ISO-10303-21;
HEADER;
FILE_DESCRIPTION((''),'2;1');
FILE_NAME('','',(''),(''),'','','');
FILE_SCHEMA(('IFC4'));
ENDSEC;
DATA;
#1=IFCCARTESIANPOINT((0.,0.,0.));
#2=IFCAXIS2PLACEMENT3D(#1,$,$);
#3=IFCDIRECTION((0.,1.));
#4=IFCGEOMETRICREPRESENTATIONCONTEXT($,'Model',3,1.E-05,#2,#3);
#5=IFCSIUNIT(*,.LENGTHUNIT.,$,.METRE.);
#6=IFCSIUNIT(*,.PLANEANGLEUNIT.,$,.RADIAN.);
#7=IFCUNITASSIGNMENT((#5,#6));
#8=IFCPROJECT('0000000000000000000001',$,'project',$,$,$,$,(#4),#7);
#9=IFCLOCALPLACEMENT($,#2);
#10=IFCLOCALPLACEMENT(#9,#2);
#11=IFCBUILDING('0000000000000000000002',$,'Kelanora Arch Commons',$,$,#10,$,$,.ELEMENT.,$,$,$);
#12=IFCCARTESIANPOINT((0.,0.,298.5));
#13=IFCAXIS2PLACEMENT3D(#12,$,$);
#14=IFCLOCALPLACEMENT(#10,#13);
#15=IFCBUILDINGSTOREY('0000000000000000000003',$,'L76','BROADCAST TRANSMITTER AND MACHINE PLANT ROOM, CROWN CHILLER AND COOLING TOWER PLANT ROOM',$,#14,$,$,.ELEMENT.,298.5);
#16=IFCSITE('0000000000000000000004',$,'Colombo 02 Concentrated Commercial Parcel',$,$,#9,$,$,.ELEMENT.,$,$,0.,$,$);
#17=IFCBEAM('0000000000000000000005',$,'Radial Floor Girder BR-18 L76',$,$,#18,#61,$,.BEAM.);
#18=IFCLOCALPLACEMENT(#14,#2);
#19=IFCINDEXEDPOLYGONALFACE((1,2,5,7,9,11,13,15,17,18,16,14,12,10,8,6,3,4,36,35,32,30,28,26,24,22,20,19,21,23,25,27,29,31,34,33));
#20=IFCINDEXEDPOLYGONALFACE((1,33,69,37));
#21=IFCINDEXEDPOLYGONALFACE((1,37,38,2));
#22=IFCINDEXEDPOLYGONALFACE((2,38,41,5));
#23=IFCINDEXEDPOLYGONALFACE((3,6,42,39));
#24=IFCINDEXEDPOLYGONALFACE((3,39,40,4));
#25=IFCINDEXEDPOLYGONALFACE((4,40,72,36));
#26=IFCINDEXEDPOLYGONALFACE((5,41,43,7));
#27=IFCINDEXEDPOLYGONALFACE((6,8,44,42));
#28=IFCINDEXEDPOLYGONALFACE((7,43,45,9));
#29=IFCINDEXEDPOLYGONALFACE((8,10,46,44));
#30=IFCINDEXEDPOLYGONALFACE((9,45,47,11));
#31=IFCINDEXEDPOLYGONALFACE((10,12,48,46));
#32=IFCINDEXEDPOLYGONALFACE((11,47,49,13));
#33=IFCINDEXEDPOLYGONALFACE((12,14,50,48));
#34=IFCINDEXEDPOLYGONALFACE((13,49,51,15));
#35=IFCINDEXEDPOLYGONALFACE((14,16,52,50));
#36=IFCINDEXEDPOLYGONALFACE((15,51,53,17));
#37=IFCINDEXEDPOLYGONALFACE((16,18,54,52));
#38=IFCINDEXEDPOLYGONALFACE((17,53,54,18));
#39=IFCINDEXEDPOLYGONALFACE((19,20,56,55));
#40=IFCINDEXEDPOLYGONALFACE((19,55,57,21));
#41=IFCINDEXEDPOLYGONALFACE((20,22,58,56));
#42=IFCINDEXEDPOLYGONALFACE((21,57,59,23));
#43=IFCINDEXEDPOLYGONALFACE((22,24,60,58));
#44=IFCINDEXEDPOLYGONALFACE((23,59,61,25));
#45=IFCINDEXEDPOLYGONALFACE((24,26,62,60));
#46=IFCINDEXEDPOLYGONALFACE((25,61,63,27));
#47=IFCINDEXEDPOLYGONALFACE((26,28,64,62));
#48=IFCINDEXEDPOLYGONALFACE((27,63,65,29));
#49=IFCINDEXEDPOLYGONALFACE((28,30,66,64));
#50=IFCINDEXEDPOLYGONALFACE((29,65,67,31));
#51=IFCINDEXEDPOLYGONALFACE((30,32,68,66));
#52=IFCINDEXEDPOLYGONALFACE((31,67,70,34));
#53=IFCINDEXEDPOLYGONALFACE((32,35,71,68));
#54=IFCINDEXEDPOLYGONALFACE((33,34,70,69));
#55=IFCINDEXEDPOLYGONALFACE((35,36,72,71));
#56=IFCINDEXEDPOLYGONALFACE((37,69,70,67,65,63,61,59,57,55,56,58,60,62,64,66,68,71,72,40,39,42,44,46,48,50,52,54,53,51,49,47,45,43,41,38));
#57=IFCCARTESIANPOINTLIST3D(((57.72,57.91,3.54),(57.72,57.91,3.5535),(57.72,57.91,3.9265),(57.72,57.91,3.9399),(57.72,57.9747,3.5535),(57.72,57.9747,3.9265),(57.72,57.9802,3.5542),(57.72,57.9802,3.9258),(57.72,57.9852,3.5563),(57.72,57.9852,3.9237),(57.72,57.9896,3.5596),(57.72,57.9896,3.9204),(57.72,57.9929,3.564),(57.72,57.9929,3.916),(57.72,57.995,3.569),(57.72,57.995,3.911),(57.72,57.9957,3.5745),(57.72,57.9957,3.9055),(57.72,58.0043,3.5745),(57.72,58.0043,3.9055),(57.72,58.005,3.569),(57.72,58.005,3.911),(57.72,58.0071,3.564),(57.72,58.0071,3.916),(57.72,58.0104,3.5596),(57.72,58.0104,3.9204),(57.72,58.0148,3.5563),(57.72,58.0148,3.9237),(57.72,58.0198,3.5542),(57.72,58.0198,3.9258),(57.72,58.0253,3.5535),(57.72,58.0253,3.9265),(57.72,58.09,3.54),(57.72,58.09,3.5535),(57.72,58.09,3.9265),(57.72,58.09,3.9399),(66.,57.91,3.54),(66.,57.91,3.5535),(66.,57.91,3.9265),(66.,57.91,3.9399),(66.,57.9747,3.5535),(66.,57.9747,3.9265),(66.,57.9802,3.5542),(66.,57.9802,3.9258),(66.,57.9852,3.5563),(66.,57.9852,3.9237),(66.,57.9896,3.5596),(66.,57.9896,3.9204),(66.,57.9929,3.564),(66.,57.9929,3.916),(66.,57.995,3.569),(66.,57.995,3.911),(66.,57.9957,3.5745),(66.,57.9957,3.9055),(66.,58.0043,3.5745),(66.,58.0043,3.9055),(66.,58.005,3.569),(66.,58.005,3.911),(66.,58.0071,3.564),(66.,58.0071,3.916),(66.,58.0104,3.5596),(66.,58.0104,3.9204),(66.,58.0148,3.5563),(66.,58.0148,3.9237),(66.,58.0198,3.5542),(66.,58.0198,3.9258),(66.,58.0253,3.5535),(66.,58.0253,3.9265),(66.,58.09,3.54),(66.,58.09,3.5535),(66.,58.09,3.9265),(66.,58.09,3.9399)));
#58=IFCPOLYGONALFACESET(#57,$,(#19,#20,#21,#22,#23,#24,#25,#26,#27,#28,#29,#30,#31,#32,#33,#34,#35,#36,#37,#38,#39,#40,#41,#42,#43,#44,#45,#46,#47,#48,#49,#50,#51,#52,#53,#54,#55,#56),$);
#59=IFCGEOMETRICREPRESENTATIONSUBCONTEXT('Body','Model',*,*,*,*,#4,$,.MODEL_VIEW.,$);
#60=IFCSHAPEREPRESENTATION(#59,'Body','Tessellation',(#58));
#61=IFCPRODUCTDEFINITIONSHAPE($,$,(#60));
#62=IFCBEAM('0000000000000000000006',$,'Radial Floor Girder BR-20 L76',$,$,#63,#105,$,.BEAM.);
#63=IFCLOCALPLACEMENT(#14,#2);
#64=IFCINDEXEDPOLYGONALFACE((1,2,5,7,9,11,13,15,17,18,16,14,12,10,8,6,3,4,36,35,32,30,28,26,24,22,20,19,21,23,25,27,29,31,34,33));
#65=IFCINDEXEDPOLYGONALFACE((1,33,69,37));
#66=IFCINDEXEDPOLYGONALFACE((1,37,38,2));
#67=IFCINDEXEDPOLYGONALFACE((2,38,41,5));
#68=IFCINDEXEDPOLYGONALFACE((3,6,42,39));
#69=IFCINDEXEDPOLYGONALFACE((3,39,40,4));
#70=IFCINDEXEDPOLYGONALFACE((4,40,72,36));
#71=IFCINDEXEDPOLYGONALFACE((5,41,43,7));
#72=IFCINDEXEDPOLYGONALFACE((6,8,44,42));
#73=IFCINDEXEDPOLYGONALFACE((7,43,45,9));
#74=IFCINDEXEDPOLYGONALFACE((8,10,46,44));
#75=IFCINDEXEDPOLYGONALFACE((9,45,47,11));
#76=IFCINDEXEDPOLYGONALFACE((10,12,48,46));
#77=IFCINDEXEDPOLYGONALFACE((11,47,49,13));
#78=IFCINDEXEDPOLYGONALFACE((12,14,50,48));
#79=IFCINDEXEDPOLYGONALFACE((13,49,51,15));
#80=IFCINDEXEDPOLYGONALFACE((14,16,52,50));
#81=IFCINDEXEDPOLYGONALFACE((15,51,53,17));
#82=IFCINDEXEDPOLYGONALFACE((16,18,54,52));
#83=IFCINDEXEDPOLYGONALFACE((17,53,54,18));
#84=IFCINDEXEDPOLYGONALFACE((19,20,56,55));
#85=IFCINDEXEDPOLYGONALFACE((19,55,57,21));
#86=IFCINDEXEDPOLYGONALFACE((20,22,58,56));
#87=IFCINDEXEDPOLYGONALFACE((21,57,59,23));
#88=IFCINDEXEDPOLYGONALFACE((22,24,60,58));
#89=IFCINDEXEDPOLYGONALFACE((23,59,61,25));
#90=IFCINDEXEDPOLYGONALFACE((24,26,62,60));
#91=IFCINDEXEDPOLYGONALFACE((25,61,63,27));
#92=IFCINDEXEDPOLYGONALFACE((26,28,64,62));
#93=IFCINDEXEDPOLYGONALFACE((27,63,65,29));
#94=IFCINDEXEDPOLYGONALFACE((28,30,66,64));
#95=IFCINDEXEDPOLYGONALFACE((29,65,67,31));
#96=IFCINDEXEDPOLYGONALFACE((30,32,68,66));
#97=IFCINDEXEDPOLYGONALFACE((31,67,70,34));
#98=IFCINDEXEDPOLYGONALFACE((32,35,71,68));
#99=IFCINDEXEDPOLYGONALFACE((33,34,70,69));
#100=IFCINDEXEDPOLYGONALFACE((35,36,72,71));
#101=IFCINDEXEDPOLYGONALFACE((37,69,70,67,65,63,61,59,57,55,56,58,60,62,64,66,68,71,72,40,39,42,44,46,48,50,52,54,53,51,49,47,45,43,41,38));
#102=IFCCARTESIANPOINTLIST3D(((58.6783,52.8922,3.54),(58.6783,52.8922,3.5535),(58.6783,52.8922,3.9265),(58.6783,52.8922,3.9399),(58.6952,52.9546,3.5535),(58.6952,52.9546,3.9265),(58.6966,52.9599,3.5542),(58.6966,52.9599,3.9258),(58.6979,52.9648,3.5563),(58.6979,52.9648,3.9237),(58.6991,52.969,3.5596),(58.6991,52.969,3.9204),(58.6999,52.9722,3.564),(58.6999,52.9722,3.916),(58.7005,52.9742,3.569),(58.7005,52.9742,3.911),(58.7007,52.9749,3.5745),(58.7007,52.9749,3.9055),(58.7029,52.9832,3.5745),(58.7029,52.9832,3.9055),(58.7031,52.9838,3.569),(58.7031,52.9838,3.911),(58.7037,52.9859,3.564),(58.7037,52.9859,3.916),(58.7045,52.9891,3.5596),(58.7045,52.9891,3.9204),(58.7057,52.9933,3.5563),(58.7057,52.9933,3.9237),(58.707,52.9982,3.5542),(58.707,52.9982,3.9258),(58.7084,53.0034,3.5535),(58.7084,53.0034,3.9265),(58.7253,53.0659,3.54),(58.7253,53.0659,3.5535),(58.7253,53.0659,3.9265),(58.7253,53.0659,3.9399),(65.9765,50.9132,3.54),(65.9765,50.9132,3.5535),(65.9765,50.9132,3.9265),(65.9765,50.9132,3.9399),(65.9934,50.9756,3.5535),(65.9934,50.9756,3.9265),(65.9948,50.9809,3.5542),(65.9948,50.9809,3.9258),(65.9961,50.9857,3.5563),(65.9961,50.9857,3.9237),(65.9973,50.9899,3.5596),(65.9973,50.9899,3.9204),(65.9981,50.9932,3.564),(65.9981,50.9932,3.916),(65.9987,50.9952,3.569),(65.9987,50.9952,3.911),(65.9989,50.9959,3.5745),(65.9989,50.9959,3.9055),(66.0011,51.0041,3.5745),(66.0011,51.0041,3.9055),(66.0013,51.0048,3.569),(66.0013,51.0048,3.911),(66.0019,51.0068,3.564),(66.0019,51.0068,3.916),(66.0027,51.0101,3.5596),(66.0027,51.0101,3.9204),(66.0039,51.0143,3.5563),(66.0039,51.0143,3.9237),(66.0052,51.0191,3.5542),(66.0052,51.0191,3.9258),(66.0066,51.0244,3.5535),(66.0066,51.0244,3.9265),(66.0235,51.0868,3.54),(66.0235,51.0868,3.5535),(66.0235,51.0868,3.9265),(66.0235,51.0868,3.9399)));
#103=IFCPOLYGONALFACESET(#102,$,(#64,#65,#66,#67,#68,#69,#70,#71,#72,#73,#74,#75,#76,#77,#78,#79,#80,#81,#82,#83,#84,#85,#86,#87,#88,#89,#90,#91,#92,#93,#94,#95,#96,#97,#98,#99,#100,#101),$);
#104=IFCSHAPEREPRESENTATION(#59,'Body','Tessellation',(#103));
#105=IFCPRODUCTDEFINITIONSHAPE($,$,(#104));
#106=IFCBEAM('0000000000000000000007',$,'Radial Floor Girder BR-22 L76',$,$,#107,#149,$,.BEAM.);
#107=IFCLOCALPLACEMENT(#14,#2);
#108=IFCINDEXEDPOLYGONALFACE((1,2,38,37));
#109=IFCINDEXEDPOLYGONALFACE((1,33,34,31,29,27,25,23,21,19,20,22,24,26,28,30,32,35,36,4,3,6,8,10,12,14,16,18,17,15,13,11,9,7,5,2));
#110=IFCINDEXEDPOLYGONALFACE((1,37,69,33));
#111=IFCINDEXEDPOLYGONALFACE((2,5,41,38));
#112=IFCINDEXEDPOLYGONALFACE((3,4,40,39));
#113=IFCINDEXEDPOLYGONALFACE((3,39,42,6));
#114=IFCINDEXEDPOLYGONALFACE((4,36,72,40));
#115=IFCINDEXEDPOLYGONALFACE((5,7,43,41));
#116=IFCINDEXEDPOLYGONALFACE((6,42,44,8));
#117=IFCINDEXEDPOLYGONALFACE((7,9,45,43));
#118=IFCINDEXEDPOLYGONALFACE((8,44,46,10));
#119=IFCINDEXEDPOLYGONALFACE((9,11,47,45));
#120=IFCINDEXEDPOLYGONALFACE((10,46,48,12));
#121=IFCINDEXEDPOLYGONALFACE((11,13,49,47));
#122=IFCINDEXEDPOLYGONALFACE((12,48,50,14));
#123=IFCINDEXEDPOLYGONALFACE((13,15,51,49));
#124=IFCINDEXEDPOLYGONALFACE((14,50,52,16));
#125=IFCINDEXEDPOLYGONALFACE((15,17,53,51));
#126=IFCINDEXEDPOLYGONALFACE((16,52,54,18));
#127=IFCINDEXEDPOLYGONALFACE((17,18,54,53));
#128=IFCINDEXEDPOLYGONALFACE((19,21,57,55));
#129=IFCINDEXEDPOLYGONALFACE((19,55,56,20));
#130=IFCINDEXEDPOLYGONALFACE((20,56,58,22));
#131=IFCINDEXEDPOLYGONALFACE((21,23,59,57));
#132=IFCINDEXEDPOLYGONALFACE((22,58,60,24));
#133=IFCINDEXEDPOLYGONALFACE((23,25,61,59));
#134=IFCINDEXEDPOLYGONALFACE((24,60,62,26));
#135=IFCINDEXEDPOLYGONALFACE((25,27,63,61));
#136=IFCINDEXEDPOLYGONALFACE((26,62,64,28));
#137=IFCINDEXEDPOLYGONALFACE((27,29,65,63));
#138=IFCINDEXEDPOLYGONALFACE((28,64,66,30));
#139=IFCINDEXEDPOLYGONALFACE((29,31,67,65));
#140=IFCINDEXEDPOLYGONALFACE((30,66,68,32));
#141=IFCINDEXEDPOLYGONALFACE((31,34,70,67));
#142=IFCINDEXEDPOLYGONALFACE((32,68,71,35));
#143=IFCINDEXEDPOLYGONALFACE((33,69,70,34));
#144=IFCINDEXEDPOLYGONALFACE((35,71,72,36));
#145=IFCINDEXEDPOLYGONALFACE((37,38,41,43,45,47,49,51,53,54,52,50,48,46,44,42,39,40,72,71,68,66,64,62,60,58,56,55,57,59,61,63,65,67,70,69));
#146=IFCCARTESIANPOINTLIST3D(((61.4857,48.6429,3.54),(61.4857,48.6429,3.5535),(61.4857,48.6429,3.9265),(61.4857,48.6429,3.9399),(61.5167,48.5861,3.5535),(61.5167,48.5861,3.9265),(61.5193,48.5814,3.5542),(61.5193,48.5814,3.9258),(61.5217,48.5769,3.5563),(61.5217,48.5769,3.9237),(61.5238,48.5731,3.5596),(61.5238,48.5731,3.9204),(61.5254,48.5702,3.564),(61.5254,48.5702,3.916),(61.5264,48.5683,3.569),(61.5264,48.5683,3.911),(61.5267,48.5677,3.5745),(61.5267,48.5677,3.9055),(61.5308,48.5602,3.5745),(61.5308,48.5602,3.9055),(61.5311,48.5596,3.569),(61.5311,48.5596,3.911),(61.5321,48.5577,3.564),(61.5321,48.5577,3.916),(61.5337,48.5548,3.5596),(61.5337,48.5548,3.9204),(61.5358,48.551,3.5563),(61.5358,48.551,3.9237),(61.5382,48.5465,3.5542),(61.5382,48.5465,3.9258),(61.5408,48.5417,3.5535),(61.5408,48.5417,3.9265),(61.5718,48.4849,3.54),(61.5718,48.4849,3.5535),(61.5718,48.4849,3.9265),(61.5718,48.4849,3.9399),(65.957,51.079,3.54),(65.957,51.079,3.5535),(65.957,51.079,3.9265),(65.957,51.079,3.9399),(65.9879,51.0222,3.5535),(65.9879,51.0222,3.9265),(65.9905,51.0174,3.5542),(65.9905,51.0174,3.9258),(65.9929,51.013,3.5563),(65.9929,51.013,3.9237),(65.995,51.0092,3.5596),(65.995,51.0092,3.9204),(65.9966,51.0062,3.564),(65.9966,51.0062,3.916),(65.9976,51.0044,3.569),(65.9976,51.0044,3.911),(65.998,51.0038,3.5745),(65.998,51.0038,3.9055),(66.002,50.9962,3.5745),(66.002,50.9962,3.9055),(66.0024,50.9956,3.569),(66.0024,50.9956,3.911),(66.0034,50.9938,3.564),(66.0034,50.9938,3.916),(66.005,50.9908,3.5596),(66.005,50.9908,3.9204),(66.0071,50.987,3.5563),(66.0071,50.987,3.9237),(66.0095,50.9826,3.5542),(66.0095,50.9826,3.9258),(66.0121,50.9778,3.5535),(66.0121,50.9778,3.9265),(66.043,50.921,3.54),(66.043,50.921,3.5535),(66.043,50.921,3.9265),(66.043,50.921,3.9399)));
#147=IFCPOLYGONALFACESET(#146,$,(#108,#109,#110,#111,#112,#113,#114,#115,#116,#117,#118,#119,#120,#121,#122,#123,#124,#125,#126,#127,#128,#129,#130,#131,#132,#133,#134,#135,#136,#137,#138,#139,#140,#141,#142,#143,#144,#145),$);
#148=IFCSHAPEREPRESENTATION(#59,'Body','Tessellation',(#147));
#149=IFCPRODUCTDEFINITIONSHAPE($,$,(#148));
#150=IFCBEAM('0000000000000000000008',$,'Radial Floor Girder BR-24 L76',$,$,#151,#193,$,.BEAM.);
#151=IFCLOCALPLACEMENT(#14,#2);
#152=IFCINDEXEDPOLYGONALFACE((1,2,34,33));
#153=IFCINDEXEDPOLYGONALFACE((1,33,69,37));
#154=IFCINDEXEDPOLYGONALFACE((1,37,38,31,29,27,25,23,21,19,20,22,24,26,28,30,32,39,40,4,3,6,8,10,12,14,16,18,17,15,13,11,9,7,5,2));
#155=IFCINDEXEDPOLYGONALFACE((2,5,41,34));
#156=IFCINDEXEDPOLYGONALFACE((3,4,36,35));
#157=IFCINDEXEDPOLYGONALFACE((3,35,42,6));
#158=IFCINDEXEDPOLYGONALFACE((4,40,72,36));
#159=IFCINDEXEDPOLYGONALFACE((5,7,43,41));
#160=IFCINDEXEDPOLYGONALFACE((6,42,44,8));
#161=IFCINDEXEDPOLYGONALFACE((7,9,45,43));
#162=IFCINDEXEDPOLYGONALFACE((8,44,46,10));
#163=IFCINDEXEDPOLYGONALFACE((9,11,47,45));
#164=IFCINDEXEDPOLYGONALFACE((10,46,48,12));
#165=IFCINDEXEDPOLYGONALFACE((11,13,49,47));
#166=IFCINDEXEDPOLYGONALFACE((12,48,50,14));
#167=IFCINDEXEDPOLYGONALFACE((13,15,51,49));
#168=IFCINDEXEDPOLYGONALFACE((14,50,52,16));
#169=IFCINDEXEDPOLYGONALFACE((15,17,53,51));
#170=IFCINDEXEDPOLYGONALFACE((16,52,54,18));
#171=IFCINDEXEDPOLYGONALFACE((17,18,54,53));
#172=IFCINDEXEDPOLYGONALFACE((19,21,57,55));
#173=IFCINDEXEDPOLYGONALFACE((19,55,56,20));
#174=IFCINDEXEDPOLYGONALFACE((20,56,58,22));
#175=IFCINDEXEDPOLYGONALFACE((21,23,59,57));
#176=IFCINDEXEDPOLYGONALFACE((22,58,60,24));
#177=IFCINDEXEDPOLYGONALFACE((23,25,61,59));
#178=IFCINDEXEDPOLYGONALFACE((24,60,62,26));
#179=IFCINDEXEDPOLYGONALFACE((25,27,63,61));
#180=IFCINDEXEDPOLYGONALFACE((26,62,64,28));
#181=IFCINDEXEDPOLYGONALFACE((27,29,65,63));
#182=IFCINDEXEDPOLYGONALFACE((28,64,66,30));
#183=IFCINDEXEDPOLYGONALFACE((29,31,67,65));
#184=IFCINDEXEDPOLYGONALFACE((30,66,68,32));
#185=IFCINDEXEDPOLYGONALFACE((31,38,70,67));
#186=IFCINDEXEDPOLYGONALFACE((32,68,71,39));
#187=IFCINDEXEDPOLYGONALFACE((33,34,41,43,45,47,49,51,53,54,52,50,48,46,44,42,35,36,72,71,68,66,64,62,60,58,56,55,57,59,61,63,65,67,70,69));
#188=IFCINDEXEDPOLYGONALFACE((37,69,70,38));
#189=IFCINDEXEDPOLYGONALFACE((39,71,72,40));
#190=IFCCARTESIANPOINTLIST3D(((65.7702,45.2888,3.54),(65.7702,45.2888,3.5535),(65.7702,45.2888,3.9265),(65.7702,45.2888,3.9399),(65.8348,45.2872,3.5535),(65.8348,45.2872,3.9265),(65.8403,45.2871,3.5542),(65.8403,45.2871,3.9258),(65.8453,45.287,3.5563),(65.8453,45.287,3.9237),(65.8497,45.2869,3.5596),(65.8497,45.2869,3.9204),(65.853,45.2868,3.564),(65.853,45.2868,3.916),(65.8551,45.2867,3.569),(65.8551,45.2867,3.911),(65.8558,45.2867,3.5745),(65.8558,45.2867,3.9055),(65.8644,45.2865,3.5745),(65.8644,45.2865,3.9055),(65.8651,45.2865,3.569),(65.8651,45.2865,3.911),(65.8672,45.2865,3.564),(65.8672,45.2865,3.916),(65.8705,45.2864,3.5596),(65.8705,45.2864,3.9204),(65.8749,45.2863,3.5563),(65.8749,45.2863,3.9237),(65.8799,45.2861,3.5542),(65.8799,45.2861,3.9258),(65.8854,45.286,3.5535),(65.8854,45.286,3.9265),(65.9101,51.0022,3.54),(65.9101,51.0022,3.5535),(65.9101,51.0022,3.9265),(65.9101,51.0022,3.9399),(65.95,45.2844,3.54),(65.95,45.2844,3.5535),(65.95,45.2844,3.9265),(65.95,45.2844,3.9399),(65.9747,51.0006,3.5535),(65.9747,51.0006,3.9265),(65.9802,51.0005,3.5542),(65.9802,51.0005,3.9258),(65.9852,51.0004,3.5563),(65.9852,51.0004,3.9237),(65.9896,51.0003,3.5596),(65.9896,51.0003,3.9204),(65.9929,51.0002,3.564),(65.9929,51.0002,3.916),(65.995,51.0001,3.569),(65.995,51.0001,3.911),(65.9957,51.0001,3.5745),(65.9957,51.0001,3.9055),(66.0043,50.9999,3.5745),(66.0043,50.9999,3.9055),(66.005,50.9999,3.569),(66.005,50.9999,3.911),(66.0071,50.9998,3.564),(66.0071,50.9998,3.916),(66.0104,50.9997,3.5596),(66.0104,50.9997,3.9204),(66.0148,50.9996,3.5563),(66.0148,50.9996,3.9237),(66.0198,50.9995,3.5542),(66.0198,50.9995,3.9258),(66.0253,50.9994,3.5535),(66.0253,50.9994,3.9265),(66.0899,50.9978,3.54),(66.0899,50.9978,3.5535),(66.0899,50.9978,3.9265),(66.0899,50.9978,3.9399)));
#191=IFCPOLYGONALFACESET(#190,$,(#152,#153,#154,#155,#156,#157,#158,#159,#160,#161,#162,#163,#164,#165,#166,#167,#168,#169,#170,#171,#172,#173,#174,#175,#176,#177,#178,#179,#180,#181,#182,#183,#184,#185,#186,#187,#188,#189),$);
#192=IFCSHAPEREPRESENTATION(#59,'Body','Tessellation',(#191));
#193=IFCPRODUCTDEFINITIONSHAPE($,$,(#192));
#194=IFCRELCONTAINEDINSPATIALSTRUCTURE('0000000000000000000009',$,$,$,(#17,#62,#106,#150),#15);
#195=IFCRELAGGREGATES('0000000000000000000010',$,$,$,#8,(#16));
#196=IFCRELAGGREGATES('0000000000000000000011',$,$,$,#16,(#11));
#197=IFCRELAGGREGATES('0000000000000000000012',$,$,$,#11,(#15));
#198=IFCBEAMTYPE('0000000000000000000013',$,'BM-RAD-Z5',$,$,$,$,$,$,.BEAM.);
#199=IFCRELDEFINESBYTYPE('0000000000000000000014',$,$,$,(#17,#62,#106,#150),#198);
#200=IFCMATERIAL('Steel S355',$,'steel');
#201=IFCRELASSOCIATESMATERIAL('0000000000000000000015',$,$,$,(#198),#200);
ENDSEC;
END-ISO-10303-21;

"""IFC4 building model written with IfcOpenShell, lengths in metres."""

from ifc_helpers import new_model, si_unit, direction, frame, origin, origin_2d, place, context, subcontext, project, spatial, i_section, extrude, material, material_profile, profile_set, type_object, element, save


model = new_model("IFC4")

# Units and contexts
model_context = context("Model", 3, precision=1e-05, world=origin(), true_north=direction((0.0, 1.0)))
body_context = subcontext(model_context, "Body", "Model", "MODEL_VIEW")
ifc_project = project(units=[si_unit("LENGTHUNIT", "METRE"), si_unit("PLANEANGLEUNIT", "RADIAN")], contexts=[model_context])

# Site, building, storey
site_placement = place(None, origin())
site = spatial("IfcSite", under=ifc_project, at=site_placement, Name="Colombo 02 Concentrated Commercial Parcel", CompositionType="ELEMENT", RefElevation=0.0)
building_placement = place(site_placement, origin())
building = spatial("IfcBuilding", under=site, at=building_placement, Name="Kelanora Arch Commons", CompositionType="ELEMENT")
storey_placement = place(building_placement, frame((0.0, 0.0, 298.5)))
storey = spatial("IfcBuildingStorey", under=building, at=storey_placement, Name="L76", Description="BROADCAST TRANSMITTER AND MACHINE PLANT ROOM, CROWN CHILLER AND COOLING TOWER PLANT ROOM", CompositionType="ELEMENT", Elevation=298.5)

# Beams
ifc_material_1 = material(Name="Steel S355", Category="steel")
ifc_material_profile_1 = material_profile(ifc_material_1, i_section(OverallWidth=0.1799, OverallDepth=0.3999, WebThickness=0.0085, FlangeThickness=0.0134, FilletRadius=0.021, at=origin_2d()), Name="IPE400")
ifc_profile_set_1 = profile_set([ifc_material_profile_1], Name="Steel S355")
beam_type_1 = type_object("IfcBeamType", Name="BM-RAD-Z5", PredefinedType="BEAM", material=ifc_profile_set_1)
beam_1_placement = place(storey_placement, frame((66.0, 58.0, 3.74), z_axis=(-1.0, 0.0, 0.0), x_axis=(0.0, -1.0, 0.0)))
element("IfcBeam", 1, at=beam_1_placement, inside=storey, type_object=beam_type_1, Name="Radial Floor Girder BR-18 L76", PredefinedType="BEAM", context=body_context, shape_type="SweptSolid", body=[
    extrude(i_section(OverallWidth=0.1799, OverallDepth=0.3999, WebThickness=0.0085, FlangeThickness=0.0134, FilletRadius=0.021, at=origin_2d()), origin(), (0.0, 0.0, 1.0), 8.28),
])
beam_2_placement = place(storey_placement, frame((66.0, 51.0, 3.74), z_axis=(-0.965145, 0.261716, 0.0), x_axis=(-0.261716, -0.965145, 0.0)))
element("IfcBeam", 2, at=beam_2_placement, inside=storey, type_object=beam_type_1, Name="Radial Floor Girder BR-20 L76", PredefinedType="BEAM", context=body_context, shape_type="SweptSolid", body=[
    extrude(i_section(OverallWidth=0.1799, OverallDepth=0.3999, WebThickness=0.0085, FlangeThickness=0.0134, FilletRadius=0.021, at=origin_2d()), origin(), (0.0, 0.0, 1.0), 7.5618),
])
beam_3_placement = place(storey_placement, frame((66.0, 51.0, 3.74), z_axis=(-0.878126, -0.478429, 0.0), x_axis=(0.478429, -0.878126, 0.0)))
element("IfcBeam", 3, at=beam_3_placement, inside=storey, type_object=beam_type_1, Name="Radial Floor Girder BR-22 L76", PredefinedType="BEAM", context=body_context, shape_type="SweptSolid", body=[
    extrude(i_section(OverallWidth=0.1799, OverallDepth=0.3999, WebThickness=0.0085, FlangeThickness=0.0134, FilletRadius=0.021, at=origin_2d()), origin(), (0.0, 0.0, 1.0), 5.0918),
])
beam_4_placement = place(storey_placement, frame((66.0, 51.0, 3.74), z_axis=(-0.024478, -0.9997, 0.0), x_axis=(0.9997, -0.024478, 0.0)))
element("IfcBeam", 4, at=beam_4_placement, inside=storey, type_object=beam_type_1, Name="Radial Floor Girder BR-24 L76", PredefinedType="BEAM", context=body_context, shape_type="SweptSolid", body=[
    extrude(i_section(OverallWidth=0.1799, OverallDepth=0.3999, WebThickness=0.0085, FlangeThickness=0.0134, FilletRadius=0.021, at=origin_2d()), origin(), (0.0, 0.0, 1.0), 5.7151),
])

save(model, "model.ifc")
